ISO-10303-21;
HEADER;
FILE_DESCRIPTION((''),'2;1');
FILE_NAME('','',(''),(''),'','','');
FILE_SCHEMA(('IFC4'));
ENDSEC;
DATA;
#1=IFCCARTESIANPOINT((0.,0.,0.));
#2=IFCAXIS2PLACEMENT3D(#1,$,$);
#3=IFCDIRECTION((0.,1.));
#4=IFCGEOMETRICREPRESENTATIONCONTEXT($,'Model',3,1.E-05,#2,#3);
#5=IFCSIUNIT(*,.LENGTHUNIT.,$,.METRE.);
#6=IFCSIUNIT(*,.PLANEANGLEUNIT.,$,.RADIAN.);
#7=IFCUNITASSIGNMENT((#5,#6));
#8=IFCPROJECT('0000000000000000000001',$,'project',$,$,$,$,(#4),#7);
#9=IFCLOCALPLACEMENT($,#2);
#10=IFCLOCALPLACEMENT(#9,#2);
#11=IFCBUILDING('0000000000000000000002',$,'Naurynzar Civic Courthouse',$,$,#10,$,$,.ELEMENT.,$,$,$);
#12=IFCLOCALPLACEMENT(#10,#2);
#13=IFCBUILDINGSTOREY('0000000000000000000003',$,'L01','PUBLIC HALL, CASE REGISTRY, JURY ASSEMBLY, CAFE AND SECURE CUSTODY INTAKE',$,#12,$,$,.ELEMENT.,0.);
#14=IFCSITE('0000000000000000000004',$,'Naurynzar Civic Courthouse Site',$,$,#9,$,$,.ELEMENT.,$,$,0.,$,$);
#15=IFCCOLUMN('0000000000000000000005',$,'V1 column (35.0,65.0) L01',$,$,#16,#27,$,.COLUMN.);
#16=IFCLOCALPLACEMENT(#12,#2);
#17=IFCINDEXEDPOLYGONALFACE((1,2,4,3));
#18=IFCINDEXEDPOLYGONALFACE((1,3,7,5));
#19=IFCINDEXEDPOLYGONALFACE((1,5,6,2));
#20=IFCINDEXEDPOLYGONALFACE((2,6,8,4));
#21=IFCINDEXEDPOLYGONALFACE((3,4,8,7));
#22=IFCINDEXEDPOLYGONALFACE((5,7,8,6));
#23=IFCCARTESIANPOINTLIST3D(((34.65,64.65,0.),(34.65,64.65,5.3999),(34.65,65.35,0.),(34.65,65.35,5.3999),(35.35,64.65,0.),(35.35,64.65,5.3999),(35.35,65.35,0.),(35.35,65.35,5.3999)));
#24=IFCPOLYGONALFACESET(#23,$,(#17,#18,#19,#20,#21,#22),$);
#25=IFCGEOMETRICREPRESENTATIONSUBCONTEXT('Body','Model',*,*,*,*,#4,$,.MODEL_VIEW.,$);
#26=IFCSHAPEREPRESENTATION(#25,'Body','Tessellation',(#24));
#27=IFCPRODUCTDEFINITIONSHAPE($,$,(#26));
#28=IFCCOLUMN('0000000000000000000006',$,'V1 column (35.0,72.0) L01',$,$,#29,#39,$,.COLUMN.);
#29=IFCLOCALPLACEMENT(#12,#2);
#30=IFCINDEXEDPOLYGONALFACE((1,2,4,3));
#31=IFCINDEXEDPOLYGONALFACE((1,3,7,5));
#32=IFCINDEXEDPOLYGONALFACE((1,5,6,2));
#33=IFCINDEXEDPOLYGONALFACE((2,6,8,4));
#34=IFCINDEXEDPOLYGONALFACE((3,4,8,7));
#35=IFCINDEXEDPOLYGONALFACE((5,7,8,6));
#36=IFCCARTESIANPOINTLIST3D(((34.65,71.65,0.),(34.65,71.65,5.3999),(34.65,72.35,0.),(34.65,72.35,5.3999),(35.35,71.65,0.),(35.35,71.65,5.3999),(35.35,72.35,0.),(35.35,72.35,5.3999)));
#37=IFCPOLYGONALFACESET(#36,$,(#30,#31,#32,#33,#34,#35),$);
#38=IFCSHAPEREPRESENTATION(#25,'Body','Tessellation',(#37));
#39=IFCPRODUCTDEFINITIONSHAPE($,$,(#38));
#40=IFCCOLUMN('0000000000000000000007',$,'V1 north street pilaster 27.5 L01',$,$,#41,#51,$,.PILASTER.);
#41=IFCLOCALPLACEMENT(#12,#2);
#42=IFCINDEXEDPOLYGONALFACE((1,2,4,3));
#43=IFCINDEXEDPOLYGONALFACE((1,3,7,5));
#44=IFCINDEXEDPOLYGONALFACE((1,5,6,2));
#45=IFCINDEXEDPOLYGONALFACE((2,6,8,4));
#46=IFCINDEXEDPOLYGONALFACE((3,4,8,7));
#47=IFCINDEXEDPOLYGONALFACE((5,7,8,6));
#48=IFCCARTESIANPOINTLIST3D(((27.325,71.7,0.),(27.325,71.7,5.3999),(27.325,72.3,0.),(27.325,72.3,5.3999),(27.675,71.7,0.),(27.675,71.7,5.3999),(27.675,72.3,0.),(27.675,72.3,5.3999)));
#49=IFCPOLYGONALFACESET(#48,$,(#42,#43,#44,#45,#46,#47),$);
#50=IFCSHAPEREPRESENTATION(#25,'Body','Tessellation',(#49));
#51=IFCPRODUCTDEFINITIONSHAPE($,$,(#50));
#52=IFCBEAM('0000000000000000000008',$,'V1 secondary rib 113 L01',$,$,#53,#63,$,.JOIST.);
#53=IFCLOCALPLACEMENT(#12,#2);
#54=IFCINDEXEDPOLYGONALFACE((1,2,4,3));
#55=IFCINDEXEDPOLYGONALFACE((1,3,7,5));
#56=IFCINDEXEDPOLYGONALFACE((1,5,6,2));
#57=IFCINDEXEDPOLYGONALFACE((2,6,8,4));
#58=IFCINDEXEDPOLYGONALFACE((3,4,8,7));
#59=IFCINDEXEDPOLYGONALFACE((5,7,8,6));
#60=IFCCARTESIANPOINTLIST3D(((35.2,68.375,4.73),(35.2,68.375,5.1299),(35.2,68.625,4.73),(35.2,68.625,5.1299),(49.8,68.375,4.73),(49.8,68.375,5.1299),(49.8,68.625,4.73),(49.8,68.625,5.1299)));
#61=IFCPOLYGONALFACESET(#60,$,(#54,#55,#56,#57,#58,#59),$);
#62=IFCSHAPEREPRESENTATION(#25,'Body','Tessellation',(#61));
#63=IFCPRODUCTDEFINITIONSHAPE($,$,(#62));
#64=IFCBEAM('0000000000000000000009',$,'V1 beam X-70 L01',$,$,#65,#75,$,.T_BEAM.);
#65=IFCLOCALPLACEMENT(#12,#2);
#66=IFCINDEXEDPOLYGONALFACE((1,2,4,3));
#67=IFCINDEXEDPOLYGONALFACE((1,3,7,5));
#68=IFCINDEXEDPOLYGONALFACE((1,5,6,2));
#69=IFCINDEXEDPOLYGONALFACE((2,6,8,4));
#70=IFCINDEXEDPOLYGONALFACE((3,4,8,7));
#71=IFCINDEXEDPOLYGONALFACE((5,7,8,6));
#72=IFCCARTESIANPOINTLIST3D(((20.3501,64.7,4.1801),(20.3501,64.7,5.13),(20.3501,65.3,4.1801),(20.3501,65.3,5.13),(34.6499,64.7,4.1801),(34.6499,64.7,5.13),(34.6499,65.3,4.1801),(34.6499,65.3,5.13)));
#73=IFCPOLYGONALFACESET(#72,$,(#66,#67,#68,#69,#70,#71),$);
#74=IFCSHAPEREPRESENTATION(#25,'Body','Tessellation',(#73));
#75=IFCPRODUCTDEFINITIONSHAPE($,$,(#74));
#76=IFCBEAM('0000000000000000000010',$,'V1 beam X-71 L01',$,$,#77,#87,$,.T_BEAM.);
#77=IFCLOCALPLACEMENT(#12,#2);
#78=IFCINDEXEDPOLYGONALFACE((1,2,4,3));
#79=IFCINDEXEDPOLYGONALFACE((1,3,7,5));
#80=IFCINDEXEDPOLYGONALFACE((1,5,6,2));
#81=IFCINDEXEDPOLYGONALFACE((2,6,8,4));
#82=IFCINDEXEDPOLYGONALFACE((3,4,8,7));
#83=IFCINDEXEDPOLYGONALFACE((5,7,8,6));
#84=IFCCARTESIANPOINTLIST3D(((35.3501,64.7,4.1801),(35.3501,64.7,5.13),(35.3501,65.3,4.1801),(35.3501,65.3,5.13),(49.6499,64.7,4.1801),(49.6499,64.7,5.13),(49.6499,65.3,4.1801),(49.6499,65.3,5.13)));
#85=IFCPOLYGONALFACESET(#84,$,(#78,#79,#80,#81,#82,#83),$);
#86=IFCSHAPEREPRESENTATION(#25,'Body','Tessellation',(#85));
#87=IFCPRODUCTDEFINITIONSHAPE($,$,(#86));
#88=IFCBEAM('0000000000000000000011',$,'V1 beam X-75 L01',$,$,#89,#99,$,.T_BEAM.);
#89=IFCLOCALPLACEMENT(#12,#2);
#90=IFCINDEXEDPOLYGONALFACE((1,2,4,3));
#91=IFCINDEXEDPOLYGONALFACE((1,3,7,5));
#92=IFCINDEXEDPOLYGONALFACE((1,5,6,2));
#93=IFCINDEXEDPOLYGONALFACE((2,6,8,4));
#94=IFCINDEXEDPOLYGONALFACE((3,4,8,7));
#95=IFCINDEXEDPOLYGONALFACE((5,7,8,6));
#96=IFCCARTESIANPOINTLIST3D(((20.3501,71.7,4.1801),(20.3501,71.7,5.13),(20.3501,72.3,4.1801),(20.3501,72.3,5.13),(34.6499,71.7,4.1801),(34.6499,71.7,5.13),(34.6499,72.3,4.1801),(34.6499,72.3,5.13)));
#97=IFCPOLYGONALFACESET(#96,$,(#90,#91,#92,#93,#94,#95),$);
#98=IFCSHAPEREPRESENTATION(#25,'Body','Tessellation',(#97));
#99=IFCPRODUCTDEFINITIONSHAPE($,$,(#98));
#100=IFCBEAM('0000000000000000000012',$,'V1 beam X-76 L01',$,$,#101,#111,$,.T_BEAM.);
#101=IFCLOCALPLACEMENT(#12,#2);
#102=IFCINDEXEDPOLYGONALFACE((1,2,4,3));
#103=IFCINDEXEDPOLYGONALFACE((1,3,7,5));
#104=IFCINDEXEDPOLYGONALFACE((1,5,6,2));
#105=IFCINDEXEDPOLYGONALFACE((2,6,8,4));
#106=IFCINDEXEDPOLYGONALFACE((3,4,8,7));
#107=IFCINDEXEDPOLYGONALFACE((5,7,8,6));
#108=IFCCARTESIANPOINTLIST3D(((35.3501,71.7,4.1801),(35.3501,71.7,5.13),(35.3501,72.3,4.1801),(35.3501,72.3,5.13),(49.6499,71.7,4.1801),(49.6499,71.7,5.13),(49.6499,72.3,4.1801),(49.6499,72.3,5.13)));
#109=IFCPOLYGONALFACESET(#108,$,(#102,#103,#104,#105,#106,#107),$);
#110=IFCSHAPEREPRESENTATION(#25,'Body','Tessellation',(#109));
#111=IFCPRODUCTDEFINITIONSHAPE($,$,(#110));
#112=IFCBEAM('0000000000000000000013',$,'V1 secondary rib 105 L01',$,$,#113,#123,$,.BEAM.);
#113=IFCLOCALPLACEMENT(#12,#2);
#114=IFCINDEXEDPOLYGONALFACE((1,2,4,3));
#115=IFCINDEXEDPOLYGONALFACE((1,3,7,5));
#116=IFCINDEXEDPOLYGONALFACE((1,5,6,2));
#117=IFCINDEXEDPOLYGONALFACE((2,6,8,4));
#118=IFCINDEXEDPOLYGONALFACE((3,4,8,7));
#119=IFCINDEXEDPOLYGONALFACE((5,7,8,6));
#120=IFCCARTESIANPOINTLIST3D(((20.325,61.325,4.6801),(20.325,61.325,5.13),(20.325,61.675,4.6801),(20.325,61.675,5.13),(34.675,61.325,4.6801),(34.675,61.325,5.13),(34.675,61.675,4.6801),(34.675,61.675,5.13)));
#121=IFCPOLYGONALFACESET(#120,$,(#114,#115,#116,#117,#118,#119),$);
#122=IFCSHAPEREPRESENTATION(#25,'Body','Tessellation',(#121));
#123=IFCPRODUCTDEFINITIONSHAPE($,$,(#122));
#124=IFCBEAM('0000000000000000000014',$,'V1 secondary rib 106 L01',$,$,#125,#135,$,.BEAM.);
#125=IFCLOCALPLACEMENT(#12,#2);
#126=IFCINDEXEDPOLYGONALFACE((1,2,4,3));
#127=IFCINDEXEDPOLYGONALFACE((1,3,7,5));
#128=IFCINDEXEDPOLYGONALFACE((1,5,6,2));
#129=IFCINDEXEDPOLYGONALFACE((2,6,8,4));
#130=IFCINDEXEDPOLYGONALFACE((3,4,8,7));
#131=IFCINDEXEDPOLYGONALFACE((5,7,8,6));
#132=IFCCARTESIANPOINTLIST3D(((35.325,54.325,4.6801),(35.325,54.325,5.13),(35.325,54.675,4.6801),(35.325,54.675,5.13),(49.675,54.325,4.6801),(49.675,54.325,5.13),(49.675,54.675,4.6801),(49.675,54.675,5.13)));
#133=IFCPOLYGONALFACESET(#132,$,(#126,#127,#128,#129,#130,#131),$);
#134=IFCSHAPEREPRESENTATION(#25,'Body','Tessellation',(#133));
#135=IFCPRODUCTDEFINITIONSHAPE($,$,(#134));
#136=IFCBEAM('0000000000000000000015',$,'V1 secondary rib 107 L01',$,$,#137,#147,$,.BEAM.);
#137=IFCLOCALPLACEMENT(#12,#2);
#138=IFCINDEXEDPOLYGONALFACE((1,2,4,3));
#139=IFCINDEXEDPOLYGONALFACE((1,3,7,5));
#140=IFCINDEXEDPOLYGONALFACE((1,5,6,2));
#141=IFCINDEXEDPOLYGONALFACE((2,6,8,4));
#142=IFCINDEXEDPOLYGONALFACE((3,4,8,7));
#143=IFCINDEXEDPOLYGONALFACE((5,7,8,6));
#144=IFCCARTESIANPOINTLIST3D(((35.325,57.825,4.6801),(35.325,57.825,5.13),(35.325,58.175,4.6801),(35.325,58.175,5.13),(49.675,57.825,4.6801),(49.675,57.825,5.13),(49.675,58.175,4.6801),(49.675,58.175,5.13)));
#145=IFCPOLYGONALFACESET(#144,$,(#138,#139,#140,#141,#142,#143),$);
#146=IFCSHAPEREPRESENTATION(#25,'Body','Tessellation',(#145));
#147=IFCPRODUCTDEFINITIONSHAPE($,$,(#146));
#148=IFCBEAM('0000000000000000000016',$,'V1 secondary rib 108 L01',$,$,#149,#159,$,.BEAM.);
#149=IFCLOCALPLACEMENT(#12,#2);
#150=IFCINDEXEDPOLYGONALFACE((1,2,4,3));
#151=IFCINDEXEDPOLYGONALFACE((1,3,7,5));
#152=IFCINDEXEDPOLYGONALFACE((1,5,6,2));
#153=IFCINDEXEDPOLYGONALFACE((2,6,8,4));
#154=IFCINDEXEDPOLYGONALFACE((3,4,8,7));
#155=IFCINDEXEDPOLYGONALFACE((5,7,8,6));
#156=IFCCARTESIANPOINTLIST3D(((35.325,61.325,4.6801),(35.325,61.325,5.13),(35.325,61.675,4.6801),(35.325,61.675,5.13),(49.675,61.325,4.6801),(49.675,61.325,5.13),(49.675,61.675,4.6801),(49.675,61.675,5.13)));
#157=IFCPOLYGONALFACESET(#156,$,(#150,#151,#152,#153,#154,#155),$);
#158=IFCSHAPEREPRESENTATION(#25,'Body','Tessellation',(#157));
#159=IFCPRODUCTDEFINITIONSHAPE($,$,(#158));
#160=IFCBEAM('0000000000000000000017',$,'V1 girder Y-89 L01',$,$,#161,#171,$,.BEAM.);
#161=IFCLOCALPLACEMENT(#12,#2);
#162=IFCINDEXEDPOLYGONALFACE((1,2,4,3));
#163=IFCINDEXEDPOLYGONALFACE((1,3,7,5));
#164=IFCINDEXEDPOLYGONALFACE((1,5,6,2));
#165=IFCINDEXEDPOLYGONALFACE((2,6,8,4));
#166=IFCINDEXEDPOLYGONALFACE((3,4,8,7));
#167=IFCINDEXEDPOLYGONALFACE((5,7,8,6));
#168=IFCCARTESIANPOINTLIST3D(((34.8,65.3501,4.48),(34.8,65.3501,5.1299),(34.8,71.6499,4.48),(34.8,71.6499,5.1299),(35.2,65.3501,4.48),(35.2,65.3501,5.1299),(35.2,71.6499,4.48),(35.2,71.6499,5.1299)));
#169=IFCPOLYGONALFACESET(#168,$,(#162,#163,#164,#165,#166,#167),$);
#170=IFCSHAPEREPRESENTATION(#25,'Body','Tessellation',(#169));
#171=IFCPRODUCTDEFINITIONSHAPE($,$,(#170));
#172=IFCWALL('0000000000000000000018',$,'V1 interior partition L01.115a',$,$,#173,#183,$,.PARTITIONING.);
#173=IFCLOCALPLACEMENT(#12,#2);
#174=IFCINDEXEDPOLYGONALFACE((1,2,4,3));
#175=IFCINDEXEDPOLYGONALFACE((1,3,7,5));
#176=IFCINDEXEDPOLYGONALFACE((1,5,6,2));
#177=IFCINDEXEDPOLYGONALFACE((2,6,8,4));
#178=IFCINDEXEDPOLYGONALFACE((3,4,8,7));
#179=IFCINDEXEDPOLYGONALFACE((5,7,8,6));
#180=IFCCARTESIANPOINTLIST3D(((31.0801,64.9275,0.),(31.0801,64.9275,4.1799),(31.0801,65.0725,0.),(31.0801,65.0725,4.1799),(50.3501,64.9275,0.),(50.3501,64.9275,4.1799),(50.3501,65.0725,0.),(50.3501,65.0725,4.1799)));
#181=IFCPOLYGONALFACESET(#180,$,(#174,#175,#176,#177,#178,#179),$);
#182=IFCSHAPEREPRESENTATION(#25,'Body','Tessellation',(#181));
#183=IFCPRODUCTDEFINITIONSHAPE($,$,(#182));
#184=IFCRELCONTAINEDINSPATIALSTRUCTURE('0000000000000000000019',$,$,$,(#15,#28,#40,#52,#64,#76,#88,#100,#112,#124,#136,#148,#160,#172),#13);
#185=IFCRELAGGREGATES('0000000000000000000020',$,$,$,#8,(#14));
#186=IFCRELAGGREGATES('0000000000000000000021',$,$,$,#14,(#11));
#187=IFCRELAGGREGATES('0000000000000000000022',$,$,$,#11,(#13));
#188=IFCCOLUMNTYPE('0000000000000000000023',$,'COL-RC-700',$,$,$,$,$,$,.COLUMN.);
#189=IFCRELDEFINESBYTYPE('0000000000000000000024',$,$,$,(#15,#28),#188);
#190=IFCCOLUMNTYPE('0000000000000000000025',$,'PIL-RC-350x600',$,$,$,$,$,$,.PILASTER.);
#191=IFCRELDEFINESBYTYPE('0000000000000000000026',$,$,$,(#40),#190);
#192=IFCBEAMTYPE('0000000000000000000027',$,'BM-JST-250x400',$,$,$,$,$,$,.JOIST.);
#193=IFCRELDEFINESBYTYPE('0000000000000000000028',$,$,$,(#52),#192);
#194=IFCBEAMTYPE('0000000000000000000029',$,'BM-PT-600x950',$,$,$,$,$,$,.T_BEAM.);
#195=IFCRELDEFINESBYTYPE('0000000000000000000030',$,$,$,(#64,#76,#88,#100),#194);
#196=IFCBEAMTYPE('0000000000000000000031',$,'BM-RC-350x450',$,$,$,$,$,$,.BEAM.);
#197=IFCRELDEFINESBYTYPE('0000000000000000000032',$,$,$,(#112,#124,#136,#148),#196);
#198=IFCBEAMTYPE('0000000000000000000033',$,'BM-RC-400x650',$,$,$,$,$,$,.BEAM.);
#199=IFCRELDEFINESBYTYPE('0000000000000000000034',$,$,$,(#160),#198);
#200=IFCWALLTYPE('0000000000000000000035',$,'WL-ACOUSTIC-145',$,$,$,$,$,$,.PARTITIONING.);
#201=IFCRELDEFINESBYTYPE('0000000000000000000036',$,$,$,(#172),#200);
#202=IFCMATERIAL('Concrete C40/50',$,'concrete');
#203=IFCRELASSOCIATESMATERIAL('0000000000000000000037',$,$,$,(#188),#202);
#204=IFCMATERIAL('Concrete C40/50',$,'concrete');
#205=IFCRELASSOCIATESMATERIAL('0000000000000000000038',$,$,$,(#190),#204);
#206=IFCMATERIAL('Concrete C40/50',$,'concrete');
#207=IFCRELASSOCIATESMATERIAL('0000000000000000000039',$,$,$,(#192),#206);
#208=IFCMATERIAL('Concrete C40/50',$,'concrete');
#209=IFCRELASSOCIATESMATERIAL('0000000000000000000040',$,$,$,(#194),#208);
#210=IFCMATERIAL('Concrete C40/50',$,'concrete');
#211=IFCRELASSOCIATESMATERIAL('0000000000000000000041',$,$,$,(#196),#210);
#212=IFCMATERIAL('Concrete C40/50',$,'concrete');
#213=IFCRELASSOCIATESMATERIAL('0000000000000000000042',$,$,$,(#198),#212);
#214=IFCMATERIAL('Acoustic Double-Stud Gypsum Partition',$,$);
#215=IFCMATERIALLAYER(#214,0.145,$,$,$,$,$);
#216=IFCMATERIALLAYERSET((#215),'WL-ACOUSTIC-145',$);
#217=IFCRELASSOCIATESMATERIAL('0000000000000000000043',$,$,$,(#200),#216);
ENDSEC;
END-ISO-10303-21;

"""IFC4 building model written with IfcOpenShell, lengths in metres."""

from ifc_helpers import new_model, si_unit, direction, frame, frame_2d, origin, origin_2d, place, context, subcontext, project, spatial, rectangle, extrude, material, layer, layer_set, material_profile, profile_set, type_object, element, save


model = new_model("IFC4")

# Units and contexts
model_context = context("Model", 3, precision=1e-05, world=origin(), true_north=direction((0.0, 1.0)))
body_context = subcontext(model_context, "Body", "Model", "MODEL_VIEW")
ifc_project = project(units=[si_unit("LENGTHUNIT", "METRE"), si_unit("PLANEANGLEUNIT", "RADIAN")], contexts=[model_context])

# Site, building, storey
site_placement = place(None, origin())
site = spatial("IfcSite", under=ifc_project, at=site_placement, Name="Naurynzar Civic Courthouse Site", CompositionType="ELEMENT", RefElevation=0.0)
building_placement = place(site_placement, origin())
building = spatial("IfcBuilding", under=site, at=building_placement, Name="Naurynzar Civic Courthouse", CompositionType="ELEMENT")
storey_placement = place(building_placement, origin())
storey = spatial("IfcBuildingStorey", under=building, at=storey_placement, Name="L01", Description="PUBLIC HALL, CASE REGISTRY, JURY ASSEMBLY, CAFE AND SECURE CUSTODY INTAKE", CompositionType="ELEMENT", Elevation=0.0)

# Columns
ifc_material_1 = material(Name="Concrete C40/50", Category="concrete")
ifc_material_profile_1 = material_profile(ifc_material_1, rectangle(XDim=0.7, YDim=0.7, at=origin_2d()), Name="RC 700x700")
ifc_profile_set_1 = profile_set([ifc_material_profile_1], Name="Concrete C40/50")
column_type_1 = type_object("IfcColumnType", Name="COL-RC-700", PredefinedType="COLUMN", material=ifc_profile_set_1)
for number, where, z_axis, x_axis, name in (
    (1, (35.0, 65.0, 0.0), (0.0, 0.0, 1.0), (1.0, 0.0, 0.0), "V1 column (35.0,65.0) L01"),
    (2, (35.0, 72.0, 0.0), (0.0, 0.0, 1.0), (1.0, 0.0, 0.0), "V1 column (35.0,72.0) L01"),
):
    element("IfcColumn", number, at=place(storey_placement, frame(where, z_axis=z_axis, x_axis=x_axis)), inside=storey, type_object=column_type_1, Name=name, PredefinedType="COLUMN", context=body_context, shape_type="SweptSolid", body=[
        extrude(rectangle(XDim=0.7, YDim=0.7, at=origin_2d()), origin(), (0.0, 0.0, 1.0), 5.3999),
    ])
ifc_material_2 = material(Name="Concrete C40/50", Category="concrete")
ifc_material_profile_2 = material_profile(ifc_material_2, rectangle(XDim=0.3501, YDim=0.6001, at=origin_2d()), Name="RC 350x600")
ifc_profile_set_2 = profile_set([ifc_material_profile_2], Name="Concrete C40/50")
column_type_2 = type_object("IfcColumnType", Name="PIL-RC-350x600", PredefinedType="PILASTER", material=ifc_profile_set_2)
column_placement = place(storey_placement, frame((27.5, 72.0, 0.0), z_axis=(0.0, 0.0, 1.0), x_axis=(1.0, 0.0, 0.0)))
element("IfcColumn", 3, at=column_placement, inside=storey, type_object=column_type_2, Name="V1 north street pilaster 27.5 L01", PredefinedType="PILASTER", context=body_context, shape_type="SweptSolid", body=[
    extrude(rectangle(XDim=0.3501, YDim=0.6001, at=origin_2d()), origin(), (0.0, 0.0, 1.0), 5.3999),
])

# Beams
ifc_material_3 = material(Name="Concrete C40/50", Category="concrete")
ifc_material_profile_3 = material_profile(ifc_material_3, rectangle(XDim=0.25, YDim=0.3999, at=origin_2d()), Name="RCB 250x400")
ifc_profile_set_3 = profile_set([ifc_material_profile_3], Name="Concrete C40/50")
beam_type_1 = type_object("IfcBeamType", Name="BM-JST-250x400", PredefinedType="JOIST", material=ifc_profile_set_3)
beam_1_placement = place(storey_placement, frame((35.2, 68.5, 4.9299), z_axis=(1.0, 0.0, 0.0), x_axis=(0.0, 1.0, 0.0)))
element("IfcBeam", 4, at=beam_1_placement, inside=storey, type_object=beam_type_1, Name="V1 secondary rib 113 L01", PredefinedType="JOIST", context=body_context, shape_type="SweptSolid", body=[
    extrude(rectangle(XDim=0.25, YDim=0.3999, at=origin_2d()), origin(), (0.0, 0.0, 1.0), 14.6001),
])
ifc_material_4 = material(Name="Concrete C40/50", Category="concrete")
ifc_material_profile_4 = material_profile(ifc_material_4, rectangle(XDim=0.6001, YDim=0.95, at=origin_2d()), Name="PTB 600x950")
ifc_profile_set_4 = profile_set([ifc_material_profile_4], Name="Concrete C40/50")
beam_type_2 = type_object("IfcBeamType", Name="BM-PT-600x950", PredefinedType="T_BEAM", material=ifc_profile_set_4)
for number, where, z_axis, x_axis, name in (
    (5, (20.3501, 65.0, 4.655), (1.0, 0.0, 0.0), (0.0, 1.0, 0.0), "V1 beam X-70 L01"),
    (6, (35.3501, 65.0, 4.655), (1.0, 0.0, 0.0), (0.0, 1.0, 0.0), "V1 beam X-71 L01"),
    (7, (20.3501, 72.0, 4.655), (1.0, 0.0, 0.0), (0.0, 1.0, 0.0), "V1 beam X-75 L01"),
    (8, (35.3501, 72.0, 4.655), (1.0, 0.0, 0.0), (0.0, 1.0, 0.0), "V1 beam X-76 L01"),
):
    element("IfcBeam", number, at=place(storey_placement, frame(where, z_axis=z_axis, x_axis=x_axis)), inside=storey, type_object=beam_type_2, Name=name, PredefinedType="T_BEAM", context=body_context, shape_type="SweptSolid", body=[
        extrude(rectangle(XDim=0.6001, YDim=0.95, at=origin_2d()), origin(), (0.0, 0.0, 1.0), 14.2998),
    ])
ifc_material_5 = material(Name="Concrete C40/50", Category="concrete")
ifc_material_profile_5 = material_profile(ifc_material_5, rectangle(XDim=0.3501, YDim=0.45, at=origin_2d()), Name="RCB 350x450")
ifc_profile_set_5 = profile_set([ifc_material_profile_5], Name="Concrete C40/50")
beam_type_3 = type_object("IfcBeamType", Name="BM-RC-350x450", PredefinedType="BEAM", material=ifc_profile_set_5)
for number, where, z_axis, x_axis, name in (
    (9, (20.325, 61.5, 4.905), (1.0, 0.0, 0.0), (0.0, 1.0, 0.0), "V1 secondary rib 105 L01"),
    (10, (35.325, 54.5, 4.905), (1.0, 0.0, 0.0), (0.0, 1.0, 0.0), "V1 secondary rib 106 L01"),
    (11, (35.325, 58.0, 4.905), (1.0, 0.0, 0.0), (0.0, 1.0, 0.0), "V1 secondary rib 107 L01"),
    (12, (35.325, 61.5, 4.905), (1.0, 0.0, 0.0), (0.0, 1.0, 0.0), "V1 secondary rib 108 L01"),
):
    element("IfcBeam", number, at=place(storey_placement, frame(where, z_axis=z_axis, x_axis=x_axis)), inside=storey, type_object=beam_type_3, Name=name, PredefinedType="BEAM", context=body_context, shape_type="SweptSolid", body=[
        extrude(rectangle(XDim=0.3501, YDim=0.45, at=origin_2d()), origin(), (0.0, 0.0, 1.0), 14.3501),
    ])
ifc_material_6 = material(Name="Concrete C40/50", Category="concrete")
ifc_material_profile_6 = material_profile(ifc_material_6, rectangle(XDim=0.3999, YDim=0.6499, at=origin_2d()), Name="RCB 400x650")
ifc_profile_set_6 = profile_set([ifc_material_profile_6], Name="Concrete C40/50")
beam_type_4 = type_object("IfcBeamType", Name="BM-RC-400x650", PredefinedType="BEAM", material=ifc_profile_set_6)
beam_2_placement = place(storey_placement, frame((35.0, 65.3501, 4.8049), z_axis=(0.0, 1.0, 0.0), x_axis=(-1.0, 0.0, 0.0)))
element("IfcBeam", 13, at=beam_2_placement, inside=storey, type_object=beam_type_4, Name="V1 girder Y-89 L01", PredefinedType="BEAM", context=body_context, shape_type="SweptSolid", body=[
    extrude(rectangle(XDim=0.3999, YDim=0.6499, at=origin_2d()), origin(), (0.0, 0.0, 1.0), 6.2998),
])

# Wall
ifc_material_7 = material(Name="Acoustic Double-Stud Gypsum Partition")
ifc_layer_1 = layer(ifc_material_7, 0.145)
ifc_layer_set_1 = layer_set([ifc_layer_1], Name="WL-ACOUSTIC-145")
wall_type_1 = type_object("IfcWallType", Name="WL-ACOUSTIC-145", PredefinedType="PARTITIONING", material=ifc_layer_set_1)
wall_1_placement = place(storey_placement, frame((31.0801, 65.0, 0.0), z_axis=(0.0, 0.0, 1.0), x_axis=(1.0, 0.0, 0.0)))
element("IfcWall", 14, at=wall_1_placement, inside=storey, type_object=wall_type_1, Name="V1 interior partition L01.115a", PredefinedType="PARTITIONING", context=body_context, shape_type="SweptSolid", body=[
    extrude(rectangle(XDim=19.27, YDim=0.145, at=frame_2d((9.635, 0.0))), origin(), (0.0, 0.0, 1.0), 4.1799),
])

save(model, "model.ifc")
